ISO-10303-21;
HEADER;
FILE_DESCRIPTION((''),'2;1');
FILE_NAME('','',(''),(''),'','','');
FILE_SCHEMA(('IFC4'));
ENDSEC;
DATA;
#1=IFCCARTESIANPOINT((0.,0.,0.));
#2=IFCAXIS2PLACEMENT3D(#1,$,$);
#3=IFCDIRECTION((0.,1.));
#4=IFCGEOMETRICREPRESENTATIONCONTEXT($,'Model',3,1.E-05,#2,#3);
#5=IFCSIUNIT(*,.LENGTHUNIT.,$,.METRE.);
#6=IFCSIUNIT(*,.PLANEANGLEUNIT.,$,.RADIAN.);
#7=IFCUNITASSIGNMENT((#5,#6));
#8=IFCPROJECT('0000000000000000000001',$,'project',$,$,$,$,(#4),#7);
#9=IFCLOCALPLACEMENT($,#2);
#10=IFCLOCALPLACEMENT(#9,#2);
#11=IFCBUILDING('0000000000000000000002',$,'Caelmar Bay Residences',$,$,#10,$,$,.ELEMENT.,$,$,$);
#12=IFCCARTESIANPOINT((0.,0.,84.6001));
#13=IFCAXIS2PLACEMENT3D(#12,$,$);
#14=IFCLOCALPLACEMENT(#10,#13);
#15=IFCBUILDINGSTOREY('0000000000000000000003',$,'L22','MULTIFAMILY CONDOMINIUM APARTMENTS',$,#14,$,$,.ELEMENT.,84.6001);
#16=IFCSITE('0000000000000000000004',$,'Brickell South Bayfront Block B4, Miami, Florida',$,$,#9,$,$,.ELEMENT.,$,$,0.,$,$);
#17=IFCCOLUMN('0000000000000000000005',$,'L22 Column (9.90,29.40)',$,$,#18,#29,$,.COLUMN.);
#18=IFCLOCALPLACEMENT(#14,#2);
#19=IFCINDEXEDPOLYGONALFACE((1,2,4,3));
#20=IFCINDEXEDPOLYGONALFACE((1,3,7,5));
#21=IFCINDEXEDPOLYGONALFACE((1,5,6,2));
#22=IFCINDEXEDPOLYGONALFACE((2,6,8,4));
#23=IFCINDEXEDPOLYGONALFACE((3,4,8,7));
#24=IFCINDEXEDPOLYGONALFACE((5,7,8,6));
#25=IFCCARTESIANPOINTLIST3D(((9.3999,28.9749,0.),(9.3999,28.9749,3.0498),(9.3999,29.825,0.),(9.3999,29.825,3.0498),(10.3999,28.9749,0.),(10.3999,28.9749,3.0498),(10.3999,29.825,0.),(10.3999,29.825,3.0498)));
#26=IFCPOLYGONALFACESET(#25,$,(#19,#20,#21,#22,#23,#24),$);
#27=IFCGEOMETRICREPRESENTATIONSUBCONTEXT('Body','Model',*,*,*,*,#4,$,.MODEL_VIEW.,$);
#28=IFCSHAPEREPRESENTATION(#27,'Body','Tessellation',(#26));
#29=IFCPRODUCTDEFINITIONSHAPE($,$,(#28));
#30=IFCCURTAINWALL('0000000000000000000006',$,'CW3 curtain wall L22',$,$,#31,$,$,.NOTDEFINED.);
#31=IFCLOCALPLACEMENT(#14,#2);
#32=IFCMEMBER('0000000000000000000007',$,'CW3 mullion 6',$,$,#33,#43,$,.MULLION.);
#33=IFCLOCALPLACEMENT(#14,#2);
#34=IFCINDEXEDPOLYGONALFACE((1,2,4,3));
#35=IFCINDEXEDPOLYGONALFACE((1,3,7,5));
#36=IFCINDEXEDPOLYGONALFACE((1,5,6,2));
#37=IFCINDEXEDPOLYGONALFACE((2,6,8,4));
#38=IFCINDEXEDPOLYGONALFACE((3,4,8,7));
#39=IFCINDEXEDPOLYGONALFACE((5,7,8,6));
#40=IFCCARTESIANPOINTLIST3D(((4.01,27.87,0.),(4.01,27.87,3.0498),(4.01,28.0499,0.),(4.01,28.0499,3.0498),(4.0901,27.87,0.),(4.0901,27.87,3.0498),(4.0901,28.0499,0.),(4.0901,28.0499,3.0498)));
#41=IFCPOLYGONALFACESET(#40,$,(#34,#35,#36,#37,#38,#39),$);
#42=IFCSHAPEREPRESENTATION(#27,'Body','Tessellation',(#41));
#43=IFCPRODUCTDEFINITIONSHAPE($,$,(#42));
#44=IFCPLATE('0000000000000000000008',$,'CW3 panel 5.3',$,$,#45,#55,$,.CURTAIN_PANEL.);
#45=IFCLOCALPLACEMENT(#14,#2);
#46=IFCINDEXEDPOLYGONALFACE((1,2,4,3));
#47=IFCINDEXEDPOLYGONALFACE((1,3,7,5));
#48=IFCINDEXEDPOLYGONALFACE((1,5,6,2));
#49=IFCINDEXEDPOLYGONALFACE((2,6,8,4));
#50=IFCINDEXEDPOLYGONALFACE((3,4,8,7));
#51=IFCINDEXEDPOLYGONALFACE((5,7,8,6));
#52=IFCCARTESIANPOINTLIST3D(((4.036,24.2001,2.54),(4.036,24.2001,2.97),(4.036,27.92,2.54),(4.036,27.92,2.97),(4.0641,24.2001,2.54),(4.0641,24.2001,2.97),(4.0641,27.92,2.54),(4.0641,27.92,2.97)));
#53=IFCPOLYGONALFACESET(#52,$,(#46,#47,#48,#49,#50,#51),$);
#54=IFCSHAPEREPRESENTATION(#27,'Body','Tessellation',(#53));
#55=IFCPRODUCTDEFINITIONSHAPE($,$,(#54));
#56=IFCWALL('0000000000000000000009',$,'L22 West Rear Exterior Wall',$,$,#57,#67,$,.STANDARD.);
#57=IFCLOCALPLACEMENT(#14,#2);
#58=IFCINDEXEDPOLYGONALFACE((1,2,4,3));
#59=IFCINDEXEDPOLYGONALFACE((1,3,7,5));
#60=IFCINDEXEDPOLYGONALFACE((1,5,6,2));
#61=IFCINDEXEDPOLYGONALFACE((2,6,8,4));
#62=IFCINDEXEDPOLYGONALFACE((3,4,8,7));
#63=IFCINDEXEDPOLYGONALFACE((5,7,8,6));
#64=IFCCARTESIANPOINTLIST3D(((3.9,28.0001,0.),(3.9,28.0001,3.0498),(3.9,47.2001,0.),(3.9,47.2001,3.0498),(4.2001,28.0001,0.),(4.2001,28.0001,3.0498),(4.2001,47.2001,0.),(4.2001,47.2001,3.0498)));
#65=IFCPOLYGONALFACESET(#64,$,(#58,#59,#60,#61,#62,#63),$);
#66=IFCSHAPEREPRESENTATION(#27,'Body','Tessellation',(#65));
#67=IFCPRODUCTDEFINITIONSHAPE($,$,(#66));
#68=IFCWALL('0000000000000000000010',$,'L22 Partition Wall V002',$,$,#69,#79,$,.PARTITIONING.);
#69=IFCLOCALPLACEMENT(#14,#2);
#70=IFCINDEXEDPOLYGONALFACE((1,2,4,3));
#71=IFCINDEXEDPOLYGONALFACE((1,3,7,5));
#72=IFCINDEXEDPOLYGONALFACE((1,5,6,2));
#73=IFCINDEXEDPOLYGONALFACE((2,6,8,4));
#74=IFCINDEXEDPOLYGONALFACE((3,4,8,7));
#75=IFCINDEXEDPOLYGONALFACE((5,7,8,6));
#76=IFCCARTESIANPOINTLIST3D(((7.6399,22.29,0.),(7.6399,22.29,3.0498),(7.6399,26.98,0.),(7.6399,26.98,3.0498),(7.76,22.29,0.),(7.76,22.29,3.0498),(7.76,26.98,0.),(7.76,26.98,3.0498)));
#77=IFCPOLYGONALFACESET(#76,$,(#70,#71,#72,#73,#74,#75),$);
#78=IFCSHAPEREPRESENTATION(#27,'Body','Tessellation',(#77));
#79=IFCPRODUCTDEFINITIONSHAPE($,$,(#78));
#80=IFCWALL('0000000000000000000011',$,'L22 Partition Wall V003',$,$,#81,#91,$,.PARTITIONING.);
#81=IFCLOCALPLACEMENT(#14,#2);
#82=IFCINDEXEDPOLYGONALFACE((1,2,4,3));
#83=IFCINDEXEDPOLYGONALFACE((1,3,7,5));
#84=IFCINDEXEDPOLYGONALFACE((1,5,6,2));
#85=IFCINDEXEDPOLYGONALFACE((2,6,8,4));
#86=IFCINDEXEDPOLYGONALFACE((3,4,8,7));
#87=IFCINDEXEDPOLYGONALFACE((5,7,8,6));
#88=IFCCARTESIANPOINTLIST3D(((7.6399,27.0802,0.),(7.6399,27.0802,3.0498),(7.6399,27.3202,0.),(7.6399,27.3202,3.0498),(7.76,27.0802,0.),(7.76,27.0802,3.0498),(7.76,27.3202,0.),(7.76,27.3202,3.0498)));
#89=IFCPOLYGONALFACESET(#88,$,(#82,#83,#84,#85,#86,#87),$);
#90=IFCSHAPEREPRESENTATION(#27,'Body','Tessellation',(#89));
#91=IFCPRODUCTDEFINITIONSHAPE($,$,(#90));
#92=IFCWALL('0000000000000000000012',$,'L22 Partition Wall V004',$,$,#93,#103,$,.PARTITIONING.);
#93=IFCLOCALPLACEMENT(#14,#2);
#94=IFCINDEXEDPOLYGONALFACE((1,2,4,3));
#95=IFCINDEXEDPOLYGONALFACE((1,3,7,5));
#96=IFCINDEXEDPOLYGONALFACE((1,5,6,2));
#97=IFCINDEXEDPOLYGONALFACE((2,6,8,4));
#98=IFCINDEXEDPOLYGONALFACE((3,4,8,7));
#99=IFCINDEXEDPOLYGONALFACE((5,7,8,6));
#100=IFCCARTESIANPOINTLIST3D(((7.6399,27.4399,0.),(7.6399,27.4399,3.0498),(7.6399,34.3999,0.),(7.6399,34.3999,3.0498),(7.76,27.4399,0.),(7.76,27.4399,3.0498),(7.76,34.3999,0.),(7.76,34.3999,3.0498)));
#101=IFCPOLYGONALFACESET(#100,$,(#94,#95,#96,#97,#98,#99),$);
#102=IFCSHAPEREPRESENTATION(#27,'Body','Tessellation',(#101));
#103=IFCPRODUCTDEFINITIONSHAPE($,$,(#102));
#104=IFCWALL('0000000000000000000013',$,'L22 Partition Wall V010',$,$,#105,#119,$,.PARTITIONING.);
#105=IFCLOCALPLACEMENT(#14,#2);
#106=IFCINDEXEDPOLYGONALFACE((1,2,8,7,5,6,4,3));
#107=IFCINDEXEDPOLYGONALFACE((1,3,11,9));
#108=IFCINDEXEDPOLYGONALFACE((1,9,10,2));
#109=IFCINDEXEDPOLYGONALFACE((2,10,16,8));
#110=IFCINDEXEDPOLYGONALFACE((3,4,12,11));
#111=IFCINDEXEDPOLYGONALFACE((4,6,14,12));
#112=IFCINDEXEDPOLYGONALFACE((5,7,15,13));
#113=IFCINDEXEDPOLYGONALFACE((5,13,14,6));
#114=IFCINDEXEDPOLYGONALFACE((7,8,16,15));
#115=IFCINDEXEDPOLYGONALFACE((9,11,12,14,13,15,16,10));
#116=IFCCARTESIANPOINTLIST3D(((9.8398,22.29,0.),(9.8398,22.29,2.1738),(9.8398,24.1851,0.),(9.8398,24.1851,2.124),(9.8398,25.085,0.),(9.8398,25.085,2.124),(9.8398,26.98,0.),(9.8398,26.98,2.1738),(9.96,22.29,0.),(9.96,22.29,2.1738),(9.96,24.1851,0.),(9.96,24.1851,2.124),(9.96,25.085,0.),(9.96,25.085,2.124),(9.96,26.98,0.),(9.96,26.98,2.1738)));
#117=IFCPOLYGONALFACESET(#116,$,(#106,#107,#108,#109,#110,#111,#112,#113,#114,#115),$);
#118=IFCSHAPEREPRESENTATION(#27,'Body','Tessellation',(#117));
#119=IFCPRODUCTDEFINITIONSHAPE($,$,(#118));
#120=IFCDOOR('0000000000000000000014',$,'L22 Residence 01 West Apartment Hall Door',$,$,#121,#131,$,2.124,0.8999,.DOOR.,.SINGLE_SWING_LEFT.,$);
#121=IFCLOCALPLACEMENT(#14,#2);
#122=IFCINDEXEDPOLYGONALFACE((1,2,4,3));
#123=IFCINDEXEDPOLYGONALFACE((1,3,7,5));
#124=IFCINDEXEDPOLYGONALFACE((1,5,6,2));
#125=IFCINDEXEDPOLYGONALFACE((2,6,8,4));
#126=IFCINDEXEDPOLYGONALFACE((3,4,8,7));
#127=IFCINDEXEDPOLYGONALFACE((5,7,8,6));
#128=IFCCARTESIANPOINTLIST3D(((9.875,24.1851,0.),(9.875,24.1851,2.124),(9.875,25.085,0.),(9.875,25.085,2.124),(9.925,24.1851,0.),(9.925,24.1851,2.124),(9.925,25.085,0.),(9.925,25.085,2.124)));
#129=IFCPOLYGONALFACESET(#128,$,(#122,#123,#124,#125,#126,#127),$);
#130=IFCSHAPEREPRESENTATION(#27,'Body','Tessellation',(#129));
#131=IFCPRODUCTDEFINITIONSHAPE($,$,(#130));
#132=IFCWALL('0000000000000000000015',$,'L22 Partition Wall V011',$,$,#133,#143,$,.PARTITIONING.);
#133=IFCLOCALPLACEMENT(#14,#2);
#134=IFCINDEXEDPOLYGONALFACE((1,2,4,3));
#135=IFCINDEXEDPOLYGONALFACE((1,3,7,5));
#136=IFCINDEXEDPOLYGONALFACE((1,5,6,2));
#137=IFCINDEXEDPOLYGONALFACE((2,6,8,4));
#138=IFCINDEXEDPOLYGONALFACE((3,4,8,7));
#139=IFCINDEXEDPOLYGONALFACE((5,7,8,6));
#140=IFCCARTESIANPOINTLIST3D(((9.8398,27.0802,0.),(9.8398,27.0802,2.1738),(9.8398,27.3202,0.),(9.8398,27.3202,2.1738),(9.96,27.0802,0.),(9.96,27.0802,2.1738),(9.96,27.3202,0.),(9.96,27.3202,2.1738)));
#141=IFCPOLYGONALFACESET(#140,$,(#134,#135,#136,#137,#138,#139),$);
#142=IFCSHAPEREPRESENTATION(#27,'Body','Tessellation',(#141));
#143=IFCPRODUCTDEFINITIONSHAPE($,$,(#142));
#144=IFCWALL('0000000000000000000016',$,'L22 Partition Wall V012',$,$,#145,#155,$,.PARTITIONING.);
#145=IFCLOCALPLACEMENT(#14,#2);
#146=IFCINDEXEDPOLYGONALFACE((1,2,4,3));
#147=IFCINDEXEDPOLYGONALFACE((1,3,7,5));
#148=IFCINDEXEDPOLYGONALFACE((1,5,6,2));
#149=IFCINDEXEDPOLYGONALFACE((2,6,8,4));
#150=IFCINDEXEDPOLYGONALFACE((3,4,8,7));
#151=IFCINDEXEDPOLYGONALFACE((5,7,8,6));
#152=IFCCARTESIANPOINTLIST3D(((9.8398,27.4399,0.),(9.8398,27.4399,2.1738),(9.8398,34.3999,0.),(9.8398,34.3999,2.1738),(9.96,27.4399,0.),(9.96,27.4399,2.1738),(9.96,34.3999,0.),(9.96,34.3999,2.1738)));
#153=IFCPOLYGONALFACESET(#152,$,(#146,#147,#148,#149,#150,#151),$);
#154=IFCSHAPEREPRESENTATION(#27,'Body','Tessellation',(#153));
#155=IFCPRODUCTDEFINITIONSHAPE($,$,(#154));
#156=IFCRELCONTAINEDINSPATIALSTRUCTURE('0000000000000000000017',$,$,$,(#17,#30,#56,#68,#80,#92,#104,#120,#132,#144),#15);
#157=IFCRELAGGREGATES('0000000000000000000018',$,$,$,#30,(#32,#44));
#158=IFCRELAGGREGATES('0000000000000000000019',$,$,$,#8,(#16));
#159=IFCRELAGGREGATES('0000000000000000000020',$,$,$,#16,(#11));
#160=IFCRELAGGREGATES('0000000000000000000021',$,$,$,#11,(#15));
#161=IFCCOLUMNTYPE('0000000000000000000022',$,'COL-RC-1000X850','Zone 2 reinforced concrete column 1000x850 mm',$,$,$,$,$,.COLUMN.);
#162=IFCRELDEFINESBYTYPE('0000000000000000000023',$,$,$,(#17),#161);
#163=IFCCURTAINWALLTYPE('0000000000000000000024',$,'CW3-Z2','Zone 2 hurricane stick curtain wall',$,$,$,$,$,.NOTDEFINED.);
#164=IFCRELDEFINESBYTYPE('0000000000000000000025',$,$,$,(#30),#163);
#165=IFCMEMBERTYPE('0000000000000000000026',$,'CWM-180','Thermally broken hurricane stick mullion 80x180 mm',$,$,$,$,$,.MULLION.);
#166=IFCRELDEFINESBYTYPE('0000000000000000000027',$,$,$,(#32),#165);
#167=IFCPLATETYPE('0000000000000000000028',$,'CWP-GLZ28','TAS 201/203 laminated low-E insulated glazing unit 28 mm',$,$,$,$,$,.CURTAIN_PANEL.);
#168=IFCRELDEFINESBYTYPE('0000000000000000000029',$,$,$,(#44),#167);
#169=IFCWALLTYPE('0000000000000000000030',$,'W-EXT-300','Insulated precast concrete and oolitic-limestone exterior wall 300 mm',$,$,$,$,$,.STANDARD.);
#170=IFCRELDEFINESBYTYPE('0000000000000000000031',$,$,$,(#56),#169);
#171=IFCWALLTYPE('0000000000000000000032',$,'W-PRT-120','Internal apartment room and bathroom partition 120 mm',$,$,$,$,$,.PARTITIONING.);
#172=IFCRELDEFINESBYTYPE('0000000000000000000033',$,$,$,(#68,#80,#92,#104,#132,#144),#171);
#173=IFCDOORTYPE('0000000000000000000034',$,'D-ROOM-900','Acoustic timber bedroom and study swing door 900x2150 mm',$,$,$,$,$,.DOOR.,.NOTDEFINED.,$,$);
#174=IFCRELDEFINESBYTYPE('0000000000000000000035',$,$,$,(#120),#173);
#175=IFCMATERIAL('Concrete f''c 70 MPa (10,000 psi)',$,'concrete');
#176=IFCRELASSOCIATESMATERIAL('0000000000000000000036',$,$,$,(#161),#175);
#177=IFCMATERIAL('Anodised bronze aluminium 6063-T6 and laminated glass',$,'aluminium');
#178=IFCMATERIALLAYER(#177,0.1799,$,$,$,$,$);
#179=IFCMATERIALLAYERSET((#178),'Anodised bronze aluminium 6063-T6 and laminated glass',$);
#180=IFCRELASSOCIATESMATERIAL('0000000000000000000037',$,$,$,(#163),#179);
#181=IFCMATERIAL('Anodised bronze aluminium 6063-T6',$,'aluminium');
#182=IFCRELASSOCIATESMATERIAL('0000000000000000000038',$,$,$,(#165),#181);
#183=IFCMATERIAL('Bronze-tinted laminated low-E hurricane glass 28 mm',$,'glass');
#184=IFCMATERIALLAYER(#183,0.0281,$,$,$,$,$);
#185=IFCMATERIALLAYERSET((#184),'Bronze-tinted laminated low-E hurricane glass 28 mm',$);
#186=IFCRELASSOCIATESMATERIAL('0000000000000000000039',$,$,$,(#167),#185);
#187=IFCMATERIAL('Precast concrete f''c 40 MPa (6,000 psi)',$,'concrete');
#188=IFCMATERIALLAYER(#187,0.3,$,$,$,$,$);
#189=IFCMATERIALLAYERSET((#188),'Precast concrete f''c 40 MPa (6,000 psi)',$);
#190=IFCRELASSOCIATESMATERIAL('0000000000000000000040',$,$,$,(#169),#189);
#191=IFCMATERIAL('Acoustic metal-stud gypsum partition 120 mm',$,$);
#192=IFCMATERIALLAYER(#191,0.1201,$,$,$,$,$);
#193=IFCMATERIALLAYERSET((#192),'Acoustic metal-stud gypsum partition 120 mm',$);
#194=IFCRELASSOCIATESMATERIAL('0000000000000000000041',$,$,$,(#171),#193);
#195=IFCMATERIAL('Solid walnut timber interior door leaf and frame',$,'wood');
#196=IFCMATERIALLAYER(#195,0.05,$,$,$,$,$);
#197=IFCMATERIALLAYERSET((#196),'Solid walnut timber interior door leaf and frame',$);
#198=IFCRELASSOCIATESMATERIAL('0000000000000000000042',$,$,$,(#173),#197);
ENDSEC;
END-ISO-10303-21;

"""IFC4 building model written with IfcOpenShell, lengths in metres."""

from ifc_helpers import new_model, si_unit, direction, frame, frame_2d, origin, origin_2d, place, context, subcontext, project, spatial, rectangle, extrude, material, layer, layer_set, material_profile, profile_set, type_object, element, fill, aggregate, save


model = new_model("IFC4")

# Units and contexts
model_context = context("Model", 3, precision=1e-05, world=origin(), true_north=direction((0.0, 1.0)))
body_context = subcontext(model_context, "Body", "Model", "MODEL_VIEW")
ifc_project = project(units=[si_unit("LENGTHUNIT", "METRE"), si_unit("PLANEANGLEUNIT", "RADIAN")], contexts=[model_context])

# Site, building, storey
site_placement = place(None, origin())
site = spatial("IfcSite", under=ifc_project, at=site_placement, Name="Brickell South Bayfront Block B4, Miami, Florida", CompositionType="ELEMENT", RefElevation=0.0)
building_placement = place(site_placement, origin())
building = spatial("IfcBuilding", under=site, at=building_placement, Name="Caelmar Bay Residences", CompositionType="ELEMENT")
storey_placement = place(building_placement, frame((0.0, 0.0, 84.6001)))
storey = spatial("IfcBuildingStorey", under=building, at=storey_placement, Name="L22", Description="MULTIFAMILY CONDOMINIUM APARTMENTS", CompositionType="ELEMENT", Elevation=84.6001)

# Column
ifc_material_1 = material(Name="Concrete f'c 70 MPa (10,000 psi)", Category="concrete")
ifc_material_profile_1 = material_profile(ifc_material_1, rectangle(XDim=1.0, YDim=0.8501, at=origin_2d()), Name="RC-COL-1000X850")
ifc_profile_set_1 = profile_set([ifc_material_profile_1], Name="Concrete f'c 70 MPa (10,000 psi)")
column_type = type_object("IfcColumnType", Name="COL-RC-1000X850", Description="Zone 2 reinforced concrete column 1000x850 mm", PredefinedType="COLUMN", material=ifc_profile_set_1)
column_placement = place(storey_placement, frame((9.8999, 29.3999, 0.0), z_axis=(0.0, 0.0, 1.0), x_axis=(1.0, 0.0, 0.0)))
element("IfcColumn", 1, at=column_placement, inside=storey, type_object=column_type, Name="L22 Column (9.90,29.40)", PredefinedType="COLUMN", context=body_context, shape_type="SweptSolid", body=[
    extrude(rectangle(XDim=1.0, YDim=0.8501, at=origin_2d()), origin(), (0.0, 0.0, 1.0), 3.0498),
])

# Curtain wall, member, plate
ifc_material_2 = material(Name="Anodised bronze aluminium 6063-T6 and laminated glass", Category="aluminium")
ifc_layer_1 = layer(ifc_material_2, 0.1799)
ifc_layer_set_1 = layer_set([ifc_layer_1], Name="Anodised bronze aluminium 6063-T6 and laminated glass")
curtain_wall_type = type_object("IfcCurtainWallType", Name="CW3-Z2", Description="Zone 2 hurricane stick curtain wall", PredefinedType="NOTDEFINED", material=ifc_layer_set_1)
curtain_wall_placement = place(storey_placement, origin())
curtain_wall = element("IfcCurtainWall", 2, at=curtain_wall_placement, inside=storey, type_object=curtain_wall_type, Name="CW3 curtain wall L22", PredefinedType="NOTDEFINED")
ifc_material_3 = material(Name="Anodised bronze aluminium 6063-T6", Category="aluminium")
ifc_material_profile_2 = material_profile(ifc_material_3, rectangle(XDim=0.0801, YDim=0.1799, at=origin_2d()), Name="CWM-80X180")
ifc_profile_set_2 = profile_set([ifc_material_profile_2], Name="Anodised bronze aluminium 6063-T6")
member_type = type_object("IfcMemberType", Name="CWM-180", Description="Thermally broken hurricane stick mullion 80x180 mm", PredefinedType="MULLION", material=ifc_profile_set_2)
member_placement = place(storey_placement, frame((4.05, 27.96, 0.0), z_axis=(0.0, 0.0, 1.0), x_axis=(-1.0, 0.0, 0.0)))
member = element("IfcMember", 3, at=member_placement, type_object=member_type, Name="CW3 mullion 6", PredefinedType="MULLION", context=body_context, shape_type="SweptSolid", body=[
    extrude(rectangle(XDim=0.0801, YDim=0.1799, at=origin_2d()), origin(), (0.0, 0.0, 1.0), 3.0498),
])
ifc_material_4 = material(Name="Bronze-tinted laminated low-E hurricane glass 28 mm", Category="glass")
ifc_layer_2 = layer(ifc_material_4, 0.0281)
ifc_layer_set_2 = layer_set([ifc_layer_2], Name="Bronze-tinted laminated low-E hurricane glass 28 mm")
plate_type = type_object("IfcPlateType", Name="CWP-GLZ28", Description="TAS 201/203 laminated low-E insulated glazing unit 28 mm", PredefinedType="CURTAIN_PANEL", material=ifc_layer_set_2)
plate_placement = place(storey_placement, frame((4.05, 26.0601, 2.54), z_axis=(0.0, 0.0, 1.0), x_axis=(0.0, 1.0, 0.0)))
plate = element("IfcPlate", 4, at=plate_placement, type_object=plate_type, Name="CW3 panel 5.3", PredefinedType="CURTAIN_PANEL", context=body_context, shape_type="SweptSolid", body=[
    extrude(rectangle(XDim=3.72, YDim=0.0281, at=origin_2d()), origin(), (0.0, 0.0, 1.0), 0.4299),
])
aggregate(curtain_wall, [member, plate])

# Walls
ifc_material_5 = material(Name="Precast concrete f'c 40 MPa (6,000 psi)", Category="concrete")
ifc_layer_3 = layer(ifc_material_5, 0.3)
ifc_layer_set_3 = layer_set([ifc_layer_3], Name="Precast concrete f'c 40 MPa (6,000 psi)")
wall_type_1 = type_object("IfcWallType", Name="W-EXT-300", Description="Insulated precast concrete and oolitic-limestone exterior wall 300 mm", PredefinedType="STANDARD", material=ifc_layer_set_3)
wall_1_placement = place(storey_placement, frame((4.05, 28.0, 0.0), z_axis=(0.0, 0.0, 1.0), x_axis=(0.0, 1.0, 0.0)))
element("IfcWall", 5, at=wall_1_placement, inside=storey, type_object=wall_type_1, Name="L22 West Rear Exterior Wall", PredefinedType="STANDARD", context=body_context, shape_type="SweptSolid", body=[
    extrude(rectangle(XDim=19.2, YDim=0.3, at=frame_2d((9.6001, 0.0))), origin(), (0.0, 0.0, 1.0), 3.0498),
])
ifc_material_6 = material(Name="Acoustic metal-stud gypsum partition 120 mm")
ifc_layer_4 = layer(ifc_material_6, 0.1201)
ifc_layer_set_4 = layer_set([ifc_layer_4], Name="Acoustic metal-stud gypsum partition 120 mm")
wall_type_2 = type_object("IfcWallType", Name="W-PRT-120", Description="Internal apartment room and bathroom partition 120 mm", PredefinedType="PARTITIONING", material=ifc_layer_set_4)
wall_2_placement = place(storey_placement, frame((7.7, 22.29, 0.0), z_axis=(0.0, 0.0, 1.0), x_axis=(0.0, 1.0, 0.0)))
element("IfcWall", 6, at=wall_2_placement, inside=storey, type_object=wall_type_2, Name="L22 Partition Wall V002", PredefinedType="PARTITIONING", context=body_context, shape_type="SweptSolid", body=[
    extrude(rectangle(XDim=4.6899, YDim=0.1201, at=frame_2d((2.345, 0.0))), origin(), (0.0, 0.0, 1.0), 3.0498),
])
wall_3_placement = place(storey_placement, frame((7.7, 27.0801, 0.0), z_axis=(0.0, 0.0, 1.0), x_axis=(0.0, 1.0, 0.0)))
element("IfcWall", 7, at=wall_3_placement, inside=storey, type_object=wall_type_2, Name="L22 Partition Wall V003", PredefinedType="PARTITIONING", context=body_context, shape_type="SweptSolid", body=[
    extrude(rectangle(XDim=0.24, YDim=0.1201, at=frame_2d((0.1201, 0.0))), origin(), (0.0, 0.0, 1.0), 3.0498),
])
wall_4_placement = place(storey_placement, frame((7.7, 27.4399, 0.0), z_axis=(0.0, 0.0, 1.0), x_axis=(0.0, 1.0, 0.0)))
element("IfcWall", 8, at=wall_4_placement, inside=storey, type_object=wall_type_2, Name="L22 Partition Wall V004", PredefinedType="PARTITIONING", context=body_context, shape_type="SweptSolid", body=[
    extrude(rectangle(XDim=6.96, YDim=0.1201, at=frame_2d((3.48, 0.0))), origin(), (0.0, 0.0, 1.0), 3.0498),
])

# Wall, opening, door
wall_5_placement = place(storey_placement, frame((9.8999, 22.29, 0.0), z_axis=(0.0, 0.0, 1.0), x_axis=(0.0, 1.0, 0.0)))
wall_5 = element("IfcWall", 9, at=wall_5_placement, inside=storey, type_object=wall_type_2, Name="L22 Partition Wall V010", PredefinedType="PARTITIONING", context=body_context, shape_type="SweptSolid", body=[
    extrude(rectangle(XDim=4.6899, YDim=0.1201, at=frame_2d((2.345, 0.0))), origin(), (0.0, 0.0, 1.0), 2.1738),
])
opening_1_placement = place(wall_5_placement, frame((1.895, 0.0, 0.0)))
opening_1 = element("IfcOpeningElement", 10, at=opening_1_placement, cuts=wall_5, PredefinedType="OPENING", context=body_context, shape_type="SweptSolid", body=[
    extrude(rectangle(XDim=0.8999, YDim=2.124, at=frame_2d((0.45, 1.062))), frame((0.0, 0.0701, 0.0), z_axis=(0.0, -1.0, 0.0), x_axis=(1.0, 0.0, 0.0)), (0.0, 0.0, 1.0), 0.1401),
])
ifc_material_7 = material(Name="Solid walnut timber interior door leaf and frame", Category="wood")
ifc_layer_5 = layer(ifc_material_7, 0.05)
ifc_layer_set_5 = layer_set([ifc_layer_5], Name="Solid walnut timber interior door leaf and frame")
door_type_1 = type_object("IfcDoorType", Name="D-ROOM-900", Description="Acoustic timber bedroom and study swing door 900x2150 mm", OperationType="NOTDEFINED", PredefinedType="DOOR", material=ifc_layer_set_5)
door_1_placement = place(opening_1_placement, origin())
door_1 = element("IfcDoor", 11, at=door_1_placement, inside=storey, type_object=door_type_1, Name="L22 Residence 01 West Apartment Hall Door", OperationType="SINGLE_SWING_LEFT", OverallHeight=2.124, OverallWidth=0.8999, PredefinedType="DOOR", context=body_context, shape_type="SweptSolid", body=[
    extrude(rectangle(XDim=0.8999, YDim=2.124, at=frame_2d((0.45, 1.062))), frame((0.0, 0.0249, 0.0), z_axis=(0.0, -1.0, 0.0), x_axis=(1.0, 0.0, 0.0)), (0.0, 0.0, 1.0), 0.05),
])
fill(opening_1, door_1)

# Walls
wall_6_placement = place(storey_placement, frame((9.8999, 27.0801, 0.0), z_axis=(0.0, 0.0, 1.0), x_axis=(0.0, 1.0, 0.0)))
element("IfcWall", 12, at=wall_6_placement, inside=storey, type_object=wall_type_2, Name="L22 Partition Wall V011", PredefinedType="PARTITIONING", context=body_context, shape_type="SweptSolid", body=[
    extrude(rectangle(XDim=0.24, YDim=0.1201, at=frame_2d((0.1201, 0.0))), origin(), (0.0, 0.0, 1.0), 2.1738),
])
wall_7_placement = place(storey_placement, frame((9.8999, 27.4399, 0.0), z_axis=(0.0, 0.0, 1.0), x_axis=(0.0, 1.0, 0.0)))
element("IfcWall", 13, at=wall_7_placement, inside=storey, type_object=wall_type_2, Name="L22 Partition Wall V012", PredefinedType="PARTITIONING", context=body_context, shape_type="SweptSolid", body=[
    extrude(rectangle(XDim=6.96, YDim=0.1201, at=frame_2d((3.48, 0.0))), origin(), (0.0, 0.0, 1.0), 2.1738),
])

save(model, "model.ifc")
